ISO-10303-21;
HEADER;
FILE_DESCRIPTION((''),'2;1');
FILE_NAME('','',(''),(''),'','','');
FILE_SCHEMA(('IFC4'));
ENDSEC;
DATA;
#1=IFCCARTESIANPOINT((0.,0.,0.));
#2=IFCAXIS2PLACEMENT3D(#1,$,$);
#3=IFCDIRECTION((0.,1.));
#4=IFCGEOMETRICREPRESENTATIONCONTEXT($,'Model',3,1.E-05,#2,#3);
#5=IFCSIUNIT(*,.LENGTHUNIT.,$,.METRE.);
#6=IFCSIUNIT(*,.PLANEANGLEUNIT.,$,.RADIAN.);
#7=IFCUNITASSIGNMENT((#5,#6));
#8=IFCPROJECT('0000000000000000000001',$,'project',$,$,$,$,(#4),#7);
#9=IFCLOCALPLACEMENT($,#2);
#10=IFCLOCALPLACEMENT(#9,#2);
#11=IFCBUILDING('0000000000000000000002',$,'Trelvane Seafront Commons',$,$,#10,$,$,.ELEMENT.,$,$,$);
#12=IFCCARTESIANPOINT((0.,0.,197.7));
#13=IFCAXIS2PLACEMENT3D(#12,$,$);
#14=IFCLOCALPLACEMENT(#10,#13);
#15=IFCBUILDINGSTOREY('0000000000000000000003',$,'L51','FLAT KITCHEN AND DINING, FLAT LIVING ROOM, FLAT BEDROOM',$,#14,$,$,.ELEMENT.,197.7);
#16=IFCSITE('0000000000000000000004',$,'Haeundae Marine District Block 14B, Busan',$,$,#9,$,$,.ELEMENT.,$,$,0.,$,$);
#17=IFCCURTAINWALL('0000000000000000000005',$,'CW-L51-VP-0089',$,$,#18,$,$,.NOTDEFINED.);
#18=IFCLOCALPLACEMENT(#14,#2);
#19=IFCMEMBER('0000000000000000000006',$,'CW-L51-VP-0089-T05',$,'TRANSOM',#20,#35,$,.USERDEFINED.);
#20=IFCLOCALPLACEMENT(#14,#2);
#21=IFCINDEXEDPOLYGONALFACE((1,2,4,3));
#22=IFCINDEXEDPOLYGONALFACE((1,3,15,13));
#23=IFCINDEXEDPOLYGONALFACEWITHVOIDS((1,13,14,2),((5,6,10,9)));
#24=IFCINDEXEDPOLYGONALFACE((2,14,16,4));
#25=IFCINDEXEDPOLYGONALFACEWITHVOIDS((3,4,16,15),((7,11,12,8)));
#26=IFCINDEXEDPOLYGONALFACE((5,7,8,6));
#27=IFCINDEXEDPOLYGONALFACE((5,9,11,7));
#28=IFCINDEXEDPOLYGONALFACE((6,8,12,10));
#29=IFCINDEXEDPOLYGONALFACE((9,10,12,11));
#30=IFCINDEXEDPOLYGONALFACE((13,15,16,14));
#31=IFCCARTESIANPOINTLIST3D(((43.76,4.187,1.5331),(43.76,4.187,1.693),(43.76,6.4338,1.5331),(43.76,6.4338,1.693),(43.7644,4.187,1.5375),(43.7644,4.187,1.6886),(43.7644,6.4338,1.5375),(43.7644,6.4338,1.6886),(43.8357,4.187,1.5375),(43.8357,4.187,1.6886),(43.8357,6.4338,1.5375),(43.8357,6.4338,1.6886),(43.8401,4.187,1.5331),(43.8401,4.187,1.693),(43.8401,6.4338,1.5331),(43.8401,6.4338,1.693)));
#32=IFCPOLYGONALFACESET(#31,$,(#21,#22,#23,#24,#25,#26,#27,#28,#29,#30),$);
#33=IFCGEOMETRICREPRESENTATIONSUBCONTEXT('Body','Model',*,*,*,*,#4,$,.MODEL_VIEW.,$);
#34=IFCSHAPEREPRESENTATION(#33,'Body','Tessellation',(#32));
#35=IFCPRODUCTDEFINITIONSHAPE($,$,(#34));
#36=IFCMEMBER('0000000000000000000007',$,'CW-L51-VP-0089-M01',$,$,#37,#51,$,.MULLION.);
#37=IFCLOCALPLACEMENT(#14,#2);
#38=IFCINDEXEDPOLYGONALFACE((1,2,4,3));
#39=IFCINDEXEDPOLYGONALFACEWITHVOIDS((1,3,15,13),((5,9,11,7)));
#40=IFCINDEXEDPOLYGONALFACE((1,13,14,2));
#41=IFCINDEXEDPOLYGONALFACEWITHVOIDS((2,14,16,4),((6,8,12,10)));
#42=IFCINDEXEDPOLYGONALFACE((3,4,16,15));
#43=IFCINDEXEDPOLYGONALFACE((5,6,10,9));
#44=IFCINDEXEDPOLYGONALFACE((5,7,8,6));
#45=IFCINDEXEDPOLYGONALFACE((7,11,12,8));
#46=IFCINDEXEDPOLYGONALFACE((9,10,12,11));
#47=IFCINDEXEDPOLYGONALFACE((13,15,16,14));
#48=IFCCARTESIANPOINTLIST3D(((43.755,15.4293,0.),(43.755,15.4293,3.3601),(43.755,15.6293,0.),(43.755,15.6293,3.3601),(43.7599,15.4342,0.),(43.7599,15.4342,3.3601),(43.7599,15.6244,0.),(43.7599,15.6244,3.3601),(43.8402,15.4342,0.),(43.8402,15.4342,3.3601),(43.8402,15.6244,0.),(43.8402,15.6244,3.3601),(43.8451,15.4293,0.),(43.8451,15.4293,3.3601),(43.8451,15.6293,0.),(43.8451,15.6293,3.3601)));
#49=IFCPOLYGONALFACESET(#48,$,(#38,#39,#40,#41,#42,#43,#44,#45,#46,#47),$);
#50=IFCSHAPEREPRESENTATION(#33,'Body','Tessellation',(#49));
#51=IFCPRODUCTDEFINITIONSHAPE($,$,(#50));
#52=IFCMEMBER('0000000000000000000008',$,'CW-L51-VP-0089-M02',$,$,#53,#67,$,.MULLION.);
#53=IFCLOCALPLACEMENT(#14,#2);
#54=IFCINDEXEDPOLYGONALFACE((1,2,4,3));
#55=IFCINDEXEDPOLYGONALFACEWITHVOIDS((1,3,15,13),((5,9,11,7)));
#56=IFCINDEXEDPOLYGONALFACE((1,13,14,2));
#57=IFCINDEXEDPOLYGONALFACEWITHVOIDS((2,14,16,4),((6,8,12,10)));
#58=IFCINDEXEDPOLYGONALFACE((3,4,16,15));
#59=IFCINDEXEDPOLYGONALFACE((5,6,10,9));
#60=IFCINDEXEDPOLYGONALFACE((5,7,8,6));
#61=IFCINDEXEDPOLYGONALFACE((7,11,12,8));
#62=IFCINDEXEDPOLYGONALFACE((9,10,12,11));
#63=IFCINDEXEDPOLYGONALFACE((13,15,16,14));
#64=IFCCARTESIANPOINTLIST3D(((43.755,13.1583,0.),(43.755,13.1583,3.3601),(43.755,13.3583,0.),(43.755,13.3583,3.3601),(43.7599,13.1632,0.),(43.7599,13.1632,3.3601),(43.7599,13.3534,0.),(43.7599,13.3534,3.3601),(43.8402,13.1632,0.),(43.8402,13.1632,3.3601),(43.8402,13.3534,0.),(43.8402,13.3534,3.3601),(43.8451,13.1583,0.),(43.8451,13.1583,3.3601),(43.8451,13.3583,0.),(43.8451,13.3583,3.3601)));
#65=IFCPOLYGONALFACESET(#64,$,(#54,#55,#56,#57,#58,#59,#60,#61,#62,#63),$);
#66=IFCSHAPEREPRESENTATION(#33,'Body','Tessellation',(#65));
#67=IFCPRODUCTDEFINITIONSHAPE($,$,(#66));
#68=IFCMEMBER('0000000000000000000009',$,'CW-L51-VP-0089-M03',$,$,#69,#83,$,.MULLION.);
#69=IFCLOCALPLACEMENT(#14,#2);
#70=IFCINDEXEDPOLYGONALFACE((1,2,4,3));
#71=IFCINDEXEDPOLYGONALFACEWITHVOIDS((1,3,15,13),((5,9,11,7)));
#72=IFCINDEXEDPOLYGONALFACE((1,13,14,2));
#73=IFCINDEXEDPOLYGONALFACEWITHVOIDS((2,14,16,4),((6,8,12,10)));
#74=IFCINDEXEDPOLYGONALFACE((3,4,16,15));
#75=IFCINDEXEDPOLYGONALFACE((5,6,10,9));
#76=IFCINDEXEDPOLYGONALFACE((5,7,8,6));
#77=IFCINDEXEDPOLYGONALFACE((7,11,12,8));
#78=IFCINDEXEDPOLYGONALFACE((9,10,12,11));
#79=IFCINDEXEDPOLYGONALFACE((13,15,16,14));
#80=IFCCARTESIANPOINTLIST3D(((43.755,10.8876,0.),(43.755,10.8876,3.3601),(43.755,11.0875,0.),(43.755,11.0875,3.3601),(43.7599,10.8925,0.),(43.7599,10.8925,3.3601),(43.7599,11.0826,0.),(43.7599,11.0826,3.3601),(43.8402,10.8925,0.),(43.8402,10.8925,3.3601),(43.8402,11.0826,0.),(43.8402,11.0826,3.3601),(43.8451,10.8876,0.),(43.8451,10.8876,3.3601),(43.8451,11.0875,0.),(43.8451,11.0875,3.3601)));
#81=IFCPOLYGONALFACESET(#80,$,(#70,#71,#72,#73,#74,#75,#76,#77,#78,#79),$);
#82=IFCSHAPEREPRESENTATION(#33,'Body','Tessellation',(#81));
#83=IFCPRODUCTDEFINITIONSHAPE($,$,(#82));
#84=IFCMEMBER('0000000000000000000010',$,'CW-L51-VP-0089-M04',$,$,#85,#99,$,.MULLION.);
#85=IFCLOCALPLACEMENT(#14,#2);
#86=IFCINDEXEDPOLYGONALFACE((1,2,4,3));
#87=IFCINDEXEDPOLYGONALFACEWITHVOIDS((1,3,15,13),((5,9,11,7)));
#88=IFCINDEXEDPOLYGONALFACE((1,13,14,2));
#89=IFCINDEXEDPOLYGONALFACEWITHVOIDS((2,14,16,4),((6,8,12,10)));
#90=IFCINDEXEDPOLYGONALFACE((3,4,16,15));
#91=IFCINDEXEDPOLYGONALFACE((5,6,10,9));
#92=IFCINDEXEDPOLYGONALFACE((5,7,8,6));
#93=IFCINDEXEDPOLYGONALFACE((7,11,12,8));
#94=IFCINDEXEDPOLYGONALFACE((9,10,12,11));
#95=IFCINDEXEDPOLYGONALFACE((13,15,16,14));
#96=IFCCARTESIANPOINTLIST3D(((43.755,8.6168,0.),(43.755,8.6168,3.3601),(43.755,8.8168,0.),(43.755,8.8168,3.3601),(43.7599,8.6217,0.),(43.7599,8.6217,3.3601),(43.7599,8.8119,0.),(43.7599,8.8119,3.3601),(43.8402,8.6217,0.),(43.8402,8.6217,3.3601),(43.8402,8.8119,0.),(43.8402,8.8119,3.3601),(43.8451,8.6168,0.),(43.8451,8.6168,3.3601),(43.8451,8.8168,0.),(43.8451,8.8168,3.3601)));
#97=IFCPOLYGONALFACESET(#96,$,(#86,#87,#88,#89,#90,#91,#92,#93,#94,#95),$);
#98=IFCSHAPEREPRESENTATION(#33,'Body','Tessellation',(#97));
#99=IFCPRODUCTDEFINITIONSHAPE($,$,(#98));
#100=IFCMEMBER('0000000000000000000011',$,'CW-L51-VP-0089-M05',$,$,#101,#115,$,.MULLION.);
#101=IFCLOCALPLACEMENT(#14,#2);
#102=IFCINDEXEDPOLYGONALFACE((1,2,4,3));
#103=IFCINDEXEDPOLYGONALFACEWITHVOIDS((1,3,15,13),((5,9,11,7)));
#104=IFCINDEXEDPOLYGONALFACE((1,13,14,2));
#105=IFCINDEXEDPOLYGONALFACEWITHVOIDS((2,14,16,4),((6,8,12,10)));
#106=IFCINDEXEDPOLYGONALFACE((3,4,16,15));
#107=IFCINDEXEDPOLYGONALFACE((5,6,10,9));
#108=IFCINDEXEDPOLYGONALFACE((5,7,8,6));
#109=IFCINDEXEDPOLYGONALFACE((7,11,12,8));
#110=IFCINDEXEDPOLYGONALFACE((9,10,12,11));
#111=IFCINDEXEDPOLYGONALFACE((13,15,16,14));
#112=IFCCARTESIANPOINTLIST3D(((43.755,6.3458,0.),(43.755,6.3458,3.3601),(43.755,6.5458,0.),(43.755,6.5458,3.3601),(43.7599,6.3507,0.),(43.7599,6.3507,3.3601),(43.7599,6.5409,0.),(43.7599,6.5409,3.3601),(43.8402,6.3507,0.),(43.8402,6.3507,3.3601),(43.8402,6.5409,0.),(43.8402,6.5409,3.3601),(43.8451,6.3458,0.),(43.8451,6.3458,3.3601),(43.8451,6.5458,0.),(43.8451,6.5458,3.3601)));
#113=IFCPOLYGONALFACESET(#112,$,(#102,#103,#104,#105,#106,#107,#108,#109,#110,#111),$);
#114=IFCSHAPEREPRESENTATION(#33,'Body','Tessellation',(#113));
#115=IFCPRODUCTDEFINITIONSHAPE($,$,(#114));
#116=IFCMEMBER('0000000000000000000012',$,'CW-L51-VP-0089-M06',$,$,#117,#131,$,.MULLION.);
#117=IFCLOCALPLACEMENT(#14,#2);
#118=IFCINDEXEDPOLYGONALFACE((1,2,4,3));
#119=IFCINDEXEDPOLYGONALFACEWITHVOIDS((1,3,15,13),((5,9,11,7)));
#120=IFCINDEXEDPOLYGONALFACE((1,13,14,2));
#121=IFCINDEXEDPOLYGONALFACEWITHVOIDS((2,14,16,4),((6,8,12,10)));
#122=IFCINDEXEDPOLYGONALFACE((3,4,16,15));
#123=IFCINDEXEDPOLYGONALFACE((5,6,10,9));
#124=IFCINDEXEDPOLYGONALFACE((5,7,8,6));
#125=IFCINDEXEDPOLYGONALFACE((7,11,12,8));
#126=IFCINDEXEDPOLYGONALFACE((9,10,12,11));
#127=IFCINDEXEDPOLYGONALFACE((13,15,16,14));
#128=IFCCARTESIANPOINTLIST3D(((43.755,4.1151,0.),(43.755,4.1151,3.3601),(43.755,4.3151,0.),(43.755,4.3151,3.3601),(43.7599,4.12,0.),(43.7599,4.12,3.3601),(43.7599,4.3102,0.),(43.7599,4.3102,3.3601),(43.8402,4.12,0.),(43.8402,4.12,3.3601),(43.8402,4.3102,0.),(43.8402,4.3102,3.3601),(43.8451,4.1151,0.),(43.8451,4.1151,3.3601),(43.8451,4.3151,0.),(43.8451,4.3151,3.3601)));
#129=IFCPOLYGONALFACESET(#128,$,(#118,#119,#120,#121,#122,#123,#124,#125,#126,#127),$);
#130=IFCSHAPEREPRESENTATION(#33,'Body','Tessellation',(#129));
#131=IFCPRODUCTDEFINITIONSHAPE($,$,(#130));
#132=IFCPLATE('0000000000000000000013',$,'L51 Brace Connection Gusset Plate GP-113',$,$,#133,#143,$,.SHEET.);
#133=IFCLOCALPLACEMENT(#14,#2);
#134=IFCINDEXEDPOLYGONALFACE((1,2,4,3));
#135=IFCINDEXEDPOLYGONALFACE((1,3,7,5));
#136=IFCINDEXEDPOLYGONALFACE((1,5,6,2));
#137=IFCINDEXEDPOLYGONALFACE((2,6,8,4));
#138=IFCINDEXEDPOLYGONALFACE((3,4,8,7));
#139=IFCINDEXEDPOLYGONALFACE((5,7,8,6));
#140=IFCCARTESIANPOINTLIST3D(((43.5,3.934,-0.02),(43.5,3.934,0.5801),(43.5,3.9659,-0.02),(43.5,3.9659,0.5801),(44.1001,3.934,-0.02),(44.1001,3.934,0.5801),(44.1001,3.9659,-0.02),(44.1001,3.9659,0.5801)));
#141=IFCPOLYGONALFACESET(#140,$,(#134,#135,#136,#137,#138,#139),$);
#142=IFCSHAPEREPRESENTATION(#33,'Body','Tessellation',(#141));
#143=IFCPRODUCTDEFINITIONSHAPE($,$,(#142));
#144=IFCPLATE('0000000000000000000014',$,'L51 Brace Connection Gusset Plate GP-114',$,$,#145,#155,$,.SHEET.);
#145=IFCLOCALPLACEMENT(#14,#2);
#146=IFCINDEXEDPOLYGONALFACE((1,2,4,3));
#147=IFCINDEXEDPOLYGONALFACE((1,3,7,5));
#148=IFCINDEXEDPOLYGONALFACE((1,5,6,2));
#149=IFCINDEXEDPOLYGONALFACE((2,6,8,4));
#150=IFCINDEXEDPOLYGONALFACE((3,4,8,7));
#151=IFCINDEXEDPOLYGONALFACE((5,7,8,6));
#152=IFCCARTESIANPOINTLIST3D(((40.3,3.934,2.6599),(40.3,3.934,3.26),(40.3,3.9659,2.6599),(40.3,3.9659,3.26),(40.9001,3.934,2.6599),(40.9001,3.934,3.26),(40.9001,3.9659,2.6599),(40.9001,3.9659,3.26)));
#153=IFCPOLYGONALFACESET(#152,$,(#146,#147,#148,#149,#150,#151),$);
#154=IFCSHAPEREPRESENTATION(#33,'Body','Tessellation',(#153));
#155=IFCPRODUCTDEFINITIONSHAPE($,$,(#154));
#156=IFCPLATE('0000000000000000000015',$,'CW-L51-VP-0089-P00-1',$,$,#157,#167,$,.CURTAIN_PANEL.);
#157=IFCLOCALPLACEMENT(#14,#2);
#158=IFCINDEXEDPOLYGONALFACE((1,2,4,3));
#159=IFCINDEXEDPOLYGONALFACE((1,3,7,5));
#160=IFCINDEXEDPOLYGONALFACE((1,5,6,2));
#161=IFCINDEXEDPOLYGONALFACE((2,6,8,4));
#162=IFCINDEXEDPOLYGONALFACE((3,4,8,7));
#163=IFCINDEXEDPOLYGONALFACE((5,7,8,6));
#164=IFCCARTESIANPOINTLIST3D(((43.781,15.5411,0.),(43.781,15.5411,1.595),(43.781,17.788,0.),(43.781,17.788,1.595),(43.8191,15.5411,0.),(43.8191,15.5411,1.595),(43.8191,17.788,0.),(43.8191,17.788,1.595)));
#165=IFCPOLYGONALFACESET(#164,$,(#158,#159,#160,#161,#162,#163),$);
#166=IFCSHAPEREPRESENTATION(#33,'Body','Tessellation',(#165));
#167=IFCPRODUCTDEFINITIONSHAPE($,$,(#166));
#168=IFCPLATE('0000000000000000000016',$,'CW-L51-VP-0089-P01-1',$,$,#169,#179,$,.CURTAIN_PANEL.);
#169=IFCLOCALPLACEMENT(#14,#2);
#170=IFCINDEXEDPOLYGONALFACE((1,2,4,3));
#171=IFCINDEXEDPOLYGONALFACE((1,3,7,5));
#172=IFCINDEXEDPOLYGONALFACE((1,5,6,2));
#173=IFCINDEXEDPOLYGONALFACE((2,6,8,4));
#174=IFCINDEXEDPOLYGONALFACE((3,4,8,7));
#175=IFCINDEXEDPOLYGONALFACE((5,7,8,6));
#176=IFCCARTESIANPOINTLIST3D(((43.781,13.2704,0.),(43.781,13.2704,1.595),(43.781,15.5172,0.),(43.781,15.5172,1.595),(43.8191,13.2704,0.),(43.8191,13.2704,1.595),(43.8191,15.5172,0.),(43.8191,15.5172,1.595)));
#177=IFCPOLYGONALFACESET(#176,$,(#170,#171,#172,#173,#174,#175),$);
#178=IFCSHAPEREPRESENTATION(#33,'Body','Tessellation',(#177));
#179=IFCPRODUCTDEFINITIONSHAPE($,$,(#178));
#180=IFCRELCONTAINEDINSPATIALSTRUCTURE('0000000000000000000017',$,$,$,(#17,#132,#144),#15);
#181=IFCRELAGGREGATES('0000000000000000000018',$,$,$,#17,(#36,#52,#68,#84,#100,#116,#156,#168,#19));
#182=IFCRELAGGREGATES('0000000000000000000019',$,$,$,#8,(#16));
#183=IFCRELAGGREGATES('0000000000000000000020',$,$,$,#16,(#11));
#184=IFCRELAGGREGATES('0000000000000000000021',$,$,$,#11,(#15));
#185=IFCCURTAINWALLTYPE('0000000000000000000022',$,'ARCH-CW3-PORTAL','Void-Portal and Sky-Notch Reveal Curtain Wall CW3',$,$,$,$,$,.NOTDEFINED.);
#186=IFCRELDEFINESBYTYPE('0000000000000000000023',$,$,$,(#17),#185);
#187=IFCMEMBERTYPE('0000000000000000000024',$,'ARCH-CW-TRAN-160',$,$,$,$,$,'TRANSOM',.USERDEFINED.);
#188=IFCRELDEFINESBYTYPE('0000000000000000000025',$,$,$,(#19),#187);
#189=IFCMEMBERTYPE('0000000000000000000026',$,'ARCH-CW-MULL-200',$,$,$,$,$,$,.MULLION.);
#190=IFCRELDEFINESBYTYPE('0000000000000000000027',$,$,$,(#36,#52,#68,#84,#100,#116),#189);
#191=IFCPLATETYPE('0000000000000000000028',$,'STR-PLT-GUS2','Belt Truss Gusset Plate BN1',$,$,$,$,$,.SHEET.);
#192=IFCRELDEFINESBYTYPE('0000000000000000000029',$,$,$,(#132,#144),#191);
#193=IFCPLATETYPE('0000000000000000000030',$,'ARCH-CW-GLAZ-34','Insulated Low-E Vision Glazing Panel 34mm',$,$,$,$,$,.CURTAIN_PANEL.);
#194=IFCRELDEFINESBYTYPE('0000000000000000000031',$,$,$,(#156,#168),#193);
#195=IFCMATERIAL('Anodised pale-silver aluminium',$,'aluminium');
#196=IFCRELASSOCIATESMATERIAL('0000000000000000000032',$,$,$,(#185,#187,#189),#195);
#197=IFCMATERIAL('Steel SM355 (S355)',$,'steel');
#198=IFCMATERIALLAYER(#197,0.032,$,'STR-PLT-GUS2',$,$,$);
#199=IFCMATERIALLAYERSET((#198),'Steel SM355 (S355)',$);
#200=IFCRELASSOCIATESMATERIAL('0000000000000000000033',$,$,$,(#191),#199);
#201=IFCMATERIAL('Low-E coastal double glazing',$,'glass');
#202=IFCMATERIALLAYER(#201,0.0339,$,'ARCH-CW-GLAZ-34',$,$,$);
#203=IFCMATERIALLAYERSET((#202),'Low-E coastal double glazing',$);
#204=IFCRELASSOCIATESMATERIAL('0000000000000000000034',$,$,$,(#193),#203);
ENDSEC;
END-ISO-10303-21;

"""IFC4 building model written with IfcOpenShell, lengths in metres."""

from ifc_helpers import new_model, si_unit, direction, frame, origin, origin_2d, place, context, subcontext, project, spatial, rectangle, hollow_rectangle, extrude, source, transform, mapped, material, layer, layer_set, material_profile, profile_set, type_object, element, aggregate, save


model = new_model("IFC4")

# Units and contexts
model_context = context("Model", 3, precision=1e-05, world=origin(), true_north=direction((0.0, 1.0)))
body_context = subcontext(model_context, "Body", "Model", "MODEL_VIEW")
ifc_project = project(units=[si_unit("LENGTHUNIT", "METRE"), si_unit("PLANEANGLEUNIT", "RADIAN")], contexts=[model_context])

# Site, building, storey
site_placement = place(None, origin())
site = spatial("IfcSite", under=ifc_project, at=site_placement, Name="Haeundae Marine District Block 14B, Busan", CompositionType="ELEMENT", RefElevation=0.0)
building_placement = place(site_placement, origin())
building = spatial("IfcBuilding", under=site, at=building_placement, Name="Trelvane Seafront Commons", CompositionType="ELEMENT")
storey_placement = place(building_placement, frame((0.0, 0.0, 197.7)))
storey = spatial("IfcBuildingStorey", under=building, at=storey_placement, Name="L51", Description="FLAT KITCHEN AND DINING, FLAT LIVING ROOM, FLAT BEDROOM", CompositionType="ELEMENT", Elevation=197.7)

# Shared definitions
ifc_material_1 = material(Name="Steel SM355 (S355)", Category="steel")

# Curtain wall, members
ifc_material_2 = material(Name="Anodised pale-silver aluminium", Category="aluminium")
curtain_wall_type = type_object("IfcCurtainWallType", Name="ARCH-CW3-PORTAL", Description="Void-Portal and Sky-Notch Reveal Curtain Wall CW3", PredefinedType="NOTDEFINED", material=ifc_material_2)
curtain_wall_placement = place(storey_placement, origin())
curtain_wall = element("IfcCurtainWall", 1, at=curtain_wall_placement, inside=storey, type_object=curtain_wall_type, Name="CW-L51-VP-0089", PredefinedType="NOTDEFINED")
ifc_material_profile_1 = material_profile(ifc_material_2, hollow_rectangle(XDim=0.0801, YDim=0.1599, WallThickness=0.0044, at=origin_2d()), Name="TRAN-80x160x4.5")
ifc_profile_set_1 = profile_set([ifc_material_profile_1], Name="Anodised pale-silver aluminium")
member_type_1 = type_object("IfcMemberType", Name="ARCH-CW-TRAN-160", ElementType="TRANSOM", PredefinedType="USERDEFINED", material=ifc_profile_set_1)
shared_shape_1 = source(origin(), body_context, "Body", "SweptSolid", [
    extrude(hollow_rectangle(XDim=0.0801, YDim=0.1599, WallThickness=0.0044, at=origin_2d()), origin(), (0.0, 0.0, 1.0), 2.2468),
])
member_1_placement = place(storey_placement, frame((43.8, 6.4338, 1.613), z_axis=(0.0, -1.0, 0.0), x_axis=(1.0, 0.0, 0.0)))
member_1 = element("IfcMember", 2, at=member_1_placement, type_object=member_type_1, Name="CW-L51-VP-0089-T05", ObjectType="TRANSOM", PredefinedType="USERDEFINED", context=body_context, shape_type="MappedRepresentation", body=[
    mapped(shared_shape_1, transform((0.0, 0.0, 0.0), x_axis=(1.0, 0.0, 0.0), y_axis=(0.0, 1.0, 0.0), z_axis=(0.0, 0.0, 1.0), scale=1.0)),
])
ifc_material_profile_2 = material_profile(ifc_material_2, hollow_rectangle(XDim=0.0901, YDim=0.2, WallThickness=0.0049, at=origin_2d()), Name="MULL-90x200x5")
ifc_profile_set_2 = profile_set([ifc_material_profile_2], Name="Anodised pale-silver aluminium")
member_type_2 = type_object("IfcMemberType", Name="ARCH-CW-MULL-200", PredefinedType="MULLION", material=ifc_profile_set_2)
shared_shape_2 = source(origin(), body_context, "Body", "SweptSolid", [
    extrude(hollow_rectangle(XDim=0.0901, YDim=0.2, WallThickness=0.0049, at=origin_2d()), origin(), (0.0, 0.0, 1.0), 3.3601),
])
member_2_placement = place(storey_placement, frame((43.8, 15.5293, 0.0), z_axis=(0.0, 0.0, 1.0), x_axis=(1.0, 0.0, 0.0)))
member_2 = element("IfcMember", 3, at=member_2_placement, type_object=member_type_2, Name="CW-L51-VP-0089-M01", PredefinedType="MULLION", context=body_context, shape_type="MappedRepresentation", body=[
    mapped(shared_shape_2, transform((0.0, 0.0, 0.0), x_axis=(1.0, 0.0, 0.0), y_axis=(0.0, 1.0, 0.0), z_axis=(0.0, 0.0, 1.0), scale=1.0)),
])
member_3_placement = place(storey_placement, frame((43.8, 13.2583, 0.0), z_axis=(0.0, 0.0, 1.0), x_axis=(1.0, 0.0, 0.0)))
member_3 = element("IfcMember", 4, at=member_3_placement, type_object=member_type_2, Name="CW-L51-VP-0089-M02", PredefinedType="MULLION", context=body_context, shape_type="MappedRepresentation", body=[
    mapped(shared_shape_2, transform((0.0, 0.0, 0.0), x_axis=(1.0, 0.0, 0.0), y_axis=(0.0, 1.0, 0.0), z_axis=(0.0, 0.0, 1.0), scale=1.0)),
])
member_4_placement = place(storey_placement, frame((43.8, 10.9875, 0.0), z_axis=(0.0, 0.0, 1.0), x_axis=(1.0, 0.0, 0.0)))
member_4 = element("IfcMember", 5, at=member_4_placement, type_object=member_type_2, Name="CW-L51-VP-0089-M03", PredefinedType="MULLION", context=body_context, shape_type="MappedRepresentation", body=[
    mapped(shared_shape_2, transform((0.0, 0.0, 0.0), x_axis=(1.0, 0.0, 0.0), y_axis=(0.0, 1.0, 0.0), z_axis=(0.0, 0.0, 1.0), scale=1.0)),
])
member_5_placement = place(storey_placement, frame((43.8, 8.7168, 0.0), z_axis=(0.0, 0.0, 1.0), x_axis=(1.0, 0.0, 0.0)))
member_5 = element("IfcMember", 6, at=member_5_placement, type_object=member_type_2, Name="CW-L51-VP-0089-M04", PredefinedType="MULLION", context=body_context, shape_type="MappedRepresentation", body=[
    mapped(shared_shape_2, transform((0.0, 0.0, 0.0), x_axis=(1.0, 0.0, 0.0), y_axis=(0.0, 1.0, 0.0), z_axis=(0.0, 0.0, 1.0), scale=1.0)),
])
member_6_placement = place(storey_placement, frame((43.8, 6.4458, 0.0), z_axis=(0.0, 0.0, 1.0), x_axis=(1.0, 0.0, 0.0)))
member_6 = element("IfcMember", 7, at=member_6_placement, type_object=member_type_2, Name="CW-L51-VP-0089-M05", PredefinedType="MULLION", context=body_context, shape_type="MappedRepresentation", body=[
    mapped(shared_shape_2, transform((0.0, 0.0, 0.0), x_axis=(1.0, 0.0, 0.0), y_axis=(0.0, 1.0, 0.0), z_axis=(0.0, 0.0, 1.0), scale=1.0)),
])
member_7_placement = place(storey_placement, frame((43.8, 4.2151, 0.0), z_axis=(0.0, 0.0, 1.0), x_axis=(1.0, 0.0, 0.0)))
member_7 = element("IfcMember", 8, at=member_7_placement, type_object=member_type_2, Name="CW-L51-VP-0089-M06", PredefinedType="MULLION", context=body_context, shape_type="MappedRepresentation", body=[
    mapped(shared_shape_2, transform((0.0, 0.0, 0.0), x_axis=(1.0, 0.0, 0.0), y_axis=(0.0, 1.0, 0.0), z_axis=(0.0, 0.0, 1.0), scale=1.0)),
])

# Plates
ifc_layer_1 = layer(ifc_material_1, 0.032, Name="STR-PLT-GUS2")
ifc_layer_set_1 = layer_set([ifc_layer_1], Name="Steel SM355 (S355)")
plate_type_1 = type_object("IfcPlateType", Name="STR-PLT-GUS2", Description="Belt Truss Gusset Plate BN1", PredefinedType="SHEET", material=ifc_layer_set_1)
shared_shape_3 = source(origin(), body_context, "Body", "SweptSolid", [
    extrude(rectangle(XDim=0.6001, YDim=0.032, at=origin_2d()), origin(), (0.0, 0.0, 1.0), 0.6001),
])
for number, where, z_axis, x_axis, name in (
    (9, (43.8, 3.95, -0.02), (0.0, 0.0, 1.0), (1.0, 0.0, 0.0), "L51 Brace Connection Gusset Plate GP-113"),
    (10, (40.6001, 3.95, 2.6599), (0.0, 0.0, 1.0), (1.0, 0.0, 0.0), "L51 Brace Connection Gusset Plate GP-114"),
):
    element("IfcPlate", number, at=place(storey_placement, frame(where, z_axis=z_axis, x_axis=x_axis)), inside=storey, type_object=plate_type_1, Name=name, PredefinedType="SHEET", context=body_context, shape_type="MappedRepresentation", body=[
        mapped(shared_shape_3, transform((0.0, 0.0, 0.0), x_axis=(1.0, 0.0, 0.0), y_axis=(0.0, 1.0, 0.0), z_axis=(0.0, 0.0, 1.0), scale=1.0)),
    ])

# Plates
ifc_material_3 = material(Name="Low-E coastal double glazing", Category="glass")
ifc_layer_2 = layer(ifc_material_3, 0.0339, Name="ARCH-CW-GLAZ-34")
ifc_layer_set_2 = layer_set([ifc_layer_2], Name="Low-E coastal double glazing")
plate_type_2 = type_object("IfcPlateType", Name="ARCH-CW-GLAZ-34", Description="Insulated Low-E Vision Glazing Panel 34mm", PredefinedType="CURTAIN_PANEL", material=ifc_layer_set_2)
shared_shape_4 = source(origin(), body_context, "Body", "SweptSolid", [
    extrude(rectangle(XDim=2.2468, YDim=0.0381, at=origin_2d()), origin(), (0.0, 0.0, 1.0), 1.595),
])
plate_1_placement = place(storey_placement, frame((43.8, 16.6646, 0.0), z_axis=(0.0, 0.0, 1.0), x_axis=(0.0, -1.0, 0.0)))
plate_1 = element("IfcPlate", 11, at=plate_1_placement, type_object=plate_type_2, Name="CW-L51-VP-0089-P00-1", PredefinedType="CURTAIN_PANEL", context=body_context, shape_type="MappedRepresentation", body=[
    mapped(shared_shape_4, transform((0.0, 0.0, 0.0), x_axis=(1.0, 0.0, 0.0), y_axis=(0.0, 1.0, 0.0), z_axis=(0.0, 0.0, 1.0), scale=1.0)),
])
plate_2_placement = place(storey_placement, frame((43.8, 14.3938, 0.0), z_axis=(0.0, 0.0, 1.0), x_axis=(0.0, -1.0, 0.0)))
plate_2 = element("IfcPlate", 12, at=plate_2_placement, type_object=plate_type_2, Name="CW-L51-VP-0089-P01-1", PredefinedType="CURTAIN_PANEL", context=body_context, shape_type="MappedRepresentation", body=[
    mapped(shared_shape_4, transform((0.0, 0.0, 0.0), x_axis=(1.0, 0.0, 0.0), y_axis=(0.0, 1.0, 0.0), z_axis=(0.0, 0.0, 1.0), scale=1.0)),
])
aggregate(curtain_wall, [member_2, member_3, member_4, member_5, member_6, member_7, plate_1, plate_2, member_1])

save(model, "model.ifc")
